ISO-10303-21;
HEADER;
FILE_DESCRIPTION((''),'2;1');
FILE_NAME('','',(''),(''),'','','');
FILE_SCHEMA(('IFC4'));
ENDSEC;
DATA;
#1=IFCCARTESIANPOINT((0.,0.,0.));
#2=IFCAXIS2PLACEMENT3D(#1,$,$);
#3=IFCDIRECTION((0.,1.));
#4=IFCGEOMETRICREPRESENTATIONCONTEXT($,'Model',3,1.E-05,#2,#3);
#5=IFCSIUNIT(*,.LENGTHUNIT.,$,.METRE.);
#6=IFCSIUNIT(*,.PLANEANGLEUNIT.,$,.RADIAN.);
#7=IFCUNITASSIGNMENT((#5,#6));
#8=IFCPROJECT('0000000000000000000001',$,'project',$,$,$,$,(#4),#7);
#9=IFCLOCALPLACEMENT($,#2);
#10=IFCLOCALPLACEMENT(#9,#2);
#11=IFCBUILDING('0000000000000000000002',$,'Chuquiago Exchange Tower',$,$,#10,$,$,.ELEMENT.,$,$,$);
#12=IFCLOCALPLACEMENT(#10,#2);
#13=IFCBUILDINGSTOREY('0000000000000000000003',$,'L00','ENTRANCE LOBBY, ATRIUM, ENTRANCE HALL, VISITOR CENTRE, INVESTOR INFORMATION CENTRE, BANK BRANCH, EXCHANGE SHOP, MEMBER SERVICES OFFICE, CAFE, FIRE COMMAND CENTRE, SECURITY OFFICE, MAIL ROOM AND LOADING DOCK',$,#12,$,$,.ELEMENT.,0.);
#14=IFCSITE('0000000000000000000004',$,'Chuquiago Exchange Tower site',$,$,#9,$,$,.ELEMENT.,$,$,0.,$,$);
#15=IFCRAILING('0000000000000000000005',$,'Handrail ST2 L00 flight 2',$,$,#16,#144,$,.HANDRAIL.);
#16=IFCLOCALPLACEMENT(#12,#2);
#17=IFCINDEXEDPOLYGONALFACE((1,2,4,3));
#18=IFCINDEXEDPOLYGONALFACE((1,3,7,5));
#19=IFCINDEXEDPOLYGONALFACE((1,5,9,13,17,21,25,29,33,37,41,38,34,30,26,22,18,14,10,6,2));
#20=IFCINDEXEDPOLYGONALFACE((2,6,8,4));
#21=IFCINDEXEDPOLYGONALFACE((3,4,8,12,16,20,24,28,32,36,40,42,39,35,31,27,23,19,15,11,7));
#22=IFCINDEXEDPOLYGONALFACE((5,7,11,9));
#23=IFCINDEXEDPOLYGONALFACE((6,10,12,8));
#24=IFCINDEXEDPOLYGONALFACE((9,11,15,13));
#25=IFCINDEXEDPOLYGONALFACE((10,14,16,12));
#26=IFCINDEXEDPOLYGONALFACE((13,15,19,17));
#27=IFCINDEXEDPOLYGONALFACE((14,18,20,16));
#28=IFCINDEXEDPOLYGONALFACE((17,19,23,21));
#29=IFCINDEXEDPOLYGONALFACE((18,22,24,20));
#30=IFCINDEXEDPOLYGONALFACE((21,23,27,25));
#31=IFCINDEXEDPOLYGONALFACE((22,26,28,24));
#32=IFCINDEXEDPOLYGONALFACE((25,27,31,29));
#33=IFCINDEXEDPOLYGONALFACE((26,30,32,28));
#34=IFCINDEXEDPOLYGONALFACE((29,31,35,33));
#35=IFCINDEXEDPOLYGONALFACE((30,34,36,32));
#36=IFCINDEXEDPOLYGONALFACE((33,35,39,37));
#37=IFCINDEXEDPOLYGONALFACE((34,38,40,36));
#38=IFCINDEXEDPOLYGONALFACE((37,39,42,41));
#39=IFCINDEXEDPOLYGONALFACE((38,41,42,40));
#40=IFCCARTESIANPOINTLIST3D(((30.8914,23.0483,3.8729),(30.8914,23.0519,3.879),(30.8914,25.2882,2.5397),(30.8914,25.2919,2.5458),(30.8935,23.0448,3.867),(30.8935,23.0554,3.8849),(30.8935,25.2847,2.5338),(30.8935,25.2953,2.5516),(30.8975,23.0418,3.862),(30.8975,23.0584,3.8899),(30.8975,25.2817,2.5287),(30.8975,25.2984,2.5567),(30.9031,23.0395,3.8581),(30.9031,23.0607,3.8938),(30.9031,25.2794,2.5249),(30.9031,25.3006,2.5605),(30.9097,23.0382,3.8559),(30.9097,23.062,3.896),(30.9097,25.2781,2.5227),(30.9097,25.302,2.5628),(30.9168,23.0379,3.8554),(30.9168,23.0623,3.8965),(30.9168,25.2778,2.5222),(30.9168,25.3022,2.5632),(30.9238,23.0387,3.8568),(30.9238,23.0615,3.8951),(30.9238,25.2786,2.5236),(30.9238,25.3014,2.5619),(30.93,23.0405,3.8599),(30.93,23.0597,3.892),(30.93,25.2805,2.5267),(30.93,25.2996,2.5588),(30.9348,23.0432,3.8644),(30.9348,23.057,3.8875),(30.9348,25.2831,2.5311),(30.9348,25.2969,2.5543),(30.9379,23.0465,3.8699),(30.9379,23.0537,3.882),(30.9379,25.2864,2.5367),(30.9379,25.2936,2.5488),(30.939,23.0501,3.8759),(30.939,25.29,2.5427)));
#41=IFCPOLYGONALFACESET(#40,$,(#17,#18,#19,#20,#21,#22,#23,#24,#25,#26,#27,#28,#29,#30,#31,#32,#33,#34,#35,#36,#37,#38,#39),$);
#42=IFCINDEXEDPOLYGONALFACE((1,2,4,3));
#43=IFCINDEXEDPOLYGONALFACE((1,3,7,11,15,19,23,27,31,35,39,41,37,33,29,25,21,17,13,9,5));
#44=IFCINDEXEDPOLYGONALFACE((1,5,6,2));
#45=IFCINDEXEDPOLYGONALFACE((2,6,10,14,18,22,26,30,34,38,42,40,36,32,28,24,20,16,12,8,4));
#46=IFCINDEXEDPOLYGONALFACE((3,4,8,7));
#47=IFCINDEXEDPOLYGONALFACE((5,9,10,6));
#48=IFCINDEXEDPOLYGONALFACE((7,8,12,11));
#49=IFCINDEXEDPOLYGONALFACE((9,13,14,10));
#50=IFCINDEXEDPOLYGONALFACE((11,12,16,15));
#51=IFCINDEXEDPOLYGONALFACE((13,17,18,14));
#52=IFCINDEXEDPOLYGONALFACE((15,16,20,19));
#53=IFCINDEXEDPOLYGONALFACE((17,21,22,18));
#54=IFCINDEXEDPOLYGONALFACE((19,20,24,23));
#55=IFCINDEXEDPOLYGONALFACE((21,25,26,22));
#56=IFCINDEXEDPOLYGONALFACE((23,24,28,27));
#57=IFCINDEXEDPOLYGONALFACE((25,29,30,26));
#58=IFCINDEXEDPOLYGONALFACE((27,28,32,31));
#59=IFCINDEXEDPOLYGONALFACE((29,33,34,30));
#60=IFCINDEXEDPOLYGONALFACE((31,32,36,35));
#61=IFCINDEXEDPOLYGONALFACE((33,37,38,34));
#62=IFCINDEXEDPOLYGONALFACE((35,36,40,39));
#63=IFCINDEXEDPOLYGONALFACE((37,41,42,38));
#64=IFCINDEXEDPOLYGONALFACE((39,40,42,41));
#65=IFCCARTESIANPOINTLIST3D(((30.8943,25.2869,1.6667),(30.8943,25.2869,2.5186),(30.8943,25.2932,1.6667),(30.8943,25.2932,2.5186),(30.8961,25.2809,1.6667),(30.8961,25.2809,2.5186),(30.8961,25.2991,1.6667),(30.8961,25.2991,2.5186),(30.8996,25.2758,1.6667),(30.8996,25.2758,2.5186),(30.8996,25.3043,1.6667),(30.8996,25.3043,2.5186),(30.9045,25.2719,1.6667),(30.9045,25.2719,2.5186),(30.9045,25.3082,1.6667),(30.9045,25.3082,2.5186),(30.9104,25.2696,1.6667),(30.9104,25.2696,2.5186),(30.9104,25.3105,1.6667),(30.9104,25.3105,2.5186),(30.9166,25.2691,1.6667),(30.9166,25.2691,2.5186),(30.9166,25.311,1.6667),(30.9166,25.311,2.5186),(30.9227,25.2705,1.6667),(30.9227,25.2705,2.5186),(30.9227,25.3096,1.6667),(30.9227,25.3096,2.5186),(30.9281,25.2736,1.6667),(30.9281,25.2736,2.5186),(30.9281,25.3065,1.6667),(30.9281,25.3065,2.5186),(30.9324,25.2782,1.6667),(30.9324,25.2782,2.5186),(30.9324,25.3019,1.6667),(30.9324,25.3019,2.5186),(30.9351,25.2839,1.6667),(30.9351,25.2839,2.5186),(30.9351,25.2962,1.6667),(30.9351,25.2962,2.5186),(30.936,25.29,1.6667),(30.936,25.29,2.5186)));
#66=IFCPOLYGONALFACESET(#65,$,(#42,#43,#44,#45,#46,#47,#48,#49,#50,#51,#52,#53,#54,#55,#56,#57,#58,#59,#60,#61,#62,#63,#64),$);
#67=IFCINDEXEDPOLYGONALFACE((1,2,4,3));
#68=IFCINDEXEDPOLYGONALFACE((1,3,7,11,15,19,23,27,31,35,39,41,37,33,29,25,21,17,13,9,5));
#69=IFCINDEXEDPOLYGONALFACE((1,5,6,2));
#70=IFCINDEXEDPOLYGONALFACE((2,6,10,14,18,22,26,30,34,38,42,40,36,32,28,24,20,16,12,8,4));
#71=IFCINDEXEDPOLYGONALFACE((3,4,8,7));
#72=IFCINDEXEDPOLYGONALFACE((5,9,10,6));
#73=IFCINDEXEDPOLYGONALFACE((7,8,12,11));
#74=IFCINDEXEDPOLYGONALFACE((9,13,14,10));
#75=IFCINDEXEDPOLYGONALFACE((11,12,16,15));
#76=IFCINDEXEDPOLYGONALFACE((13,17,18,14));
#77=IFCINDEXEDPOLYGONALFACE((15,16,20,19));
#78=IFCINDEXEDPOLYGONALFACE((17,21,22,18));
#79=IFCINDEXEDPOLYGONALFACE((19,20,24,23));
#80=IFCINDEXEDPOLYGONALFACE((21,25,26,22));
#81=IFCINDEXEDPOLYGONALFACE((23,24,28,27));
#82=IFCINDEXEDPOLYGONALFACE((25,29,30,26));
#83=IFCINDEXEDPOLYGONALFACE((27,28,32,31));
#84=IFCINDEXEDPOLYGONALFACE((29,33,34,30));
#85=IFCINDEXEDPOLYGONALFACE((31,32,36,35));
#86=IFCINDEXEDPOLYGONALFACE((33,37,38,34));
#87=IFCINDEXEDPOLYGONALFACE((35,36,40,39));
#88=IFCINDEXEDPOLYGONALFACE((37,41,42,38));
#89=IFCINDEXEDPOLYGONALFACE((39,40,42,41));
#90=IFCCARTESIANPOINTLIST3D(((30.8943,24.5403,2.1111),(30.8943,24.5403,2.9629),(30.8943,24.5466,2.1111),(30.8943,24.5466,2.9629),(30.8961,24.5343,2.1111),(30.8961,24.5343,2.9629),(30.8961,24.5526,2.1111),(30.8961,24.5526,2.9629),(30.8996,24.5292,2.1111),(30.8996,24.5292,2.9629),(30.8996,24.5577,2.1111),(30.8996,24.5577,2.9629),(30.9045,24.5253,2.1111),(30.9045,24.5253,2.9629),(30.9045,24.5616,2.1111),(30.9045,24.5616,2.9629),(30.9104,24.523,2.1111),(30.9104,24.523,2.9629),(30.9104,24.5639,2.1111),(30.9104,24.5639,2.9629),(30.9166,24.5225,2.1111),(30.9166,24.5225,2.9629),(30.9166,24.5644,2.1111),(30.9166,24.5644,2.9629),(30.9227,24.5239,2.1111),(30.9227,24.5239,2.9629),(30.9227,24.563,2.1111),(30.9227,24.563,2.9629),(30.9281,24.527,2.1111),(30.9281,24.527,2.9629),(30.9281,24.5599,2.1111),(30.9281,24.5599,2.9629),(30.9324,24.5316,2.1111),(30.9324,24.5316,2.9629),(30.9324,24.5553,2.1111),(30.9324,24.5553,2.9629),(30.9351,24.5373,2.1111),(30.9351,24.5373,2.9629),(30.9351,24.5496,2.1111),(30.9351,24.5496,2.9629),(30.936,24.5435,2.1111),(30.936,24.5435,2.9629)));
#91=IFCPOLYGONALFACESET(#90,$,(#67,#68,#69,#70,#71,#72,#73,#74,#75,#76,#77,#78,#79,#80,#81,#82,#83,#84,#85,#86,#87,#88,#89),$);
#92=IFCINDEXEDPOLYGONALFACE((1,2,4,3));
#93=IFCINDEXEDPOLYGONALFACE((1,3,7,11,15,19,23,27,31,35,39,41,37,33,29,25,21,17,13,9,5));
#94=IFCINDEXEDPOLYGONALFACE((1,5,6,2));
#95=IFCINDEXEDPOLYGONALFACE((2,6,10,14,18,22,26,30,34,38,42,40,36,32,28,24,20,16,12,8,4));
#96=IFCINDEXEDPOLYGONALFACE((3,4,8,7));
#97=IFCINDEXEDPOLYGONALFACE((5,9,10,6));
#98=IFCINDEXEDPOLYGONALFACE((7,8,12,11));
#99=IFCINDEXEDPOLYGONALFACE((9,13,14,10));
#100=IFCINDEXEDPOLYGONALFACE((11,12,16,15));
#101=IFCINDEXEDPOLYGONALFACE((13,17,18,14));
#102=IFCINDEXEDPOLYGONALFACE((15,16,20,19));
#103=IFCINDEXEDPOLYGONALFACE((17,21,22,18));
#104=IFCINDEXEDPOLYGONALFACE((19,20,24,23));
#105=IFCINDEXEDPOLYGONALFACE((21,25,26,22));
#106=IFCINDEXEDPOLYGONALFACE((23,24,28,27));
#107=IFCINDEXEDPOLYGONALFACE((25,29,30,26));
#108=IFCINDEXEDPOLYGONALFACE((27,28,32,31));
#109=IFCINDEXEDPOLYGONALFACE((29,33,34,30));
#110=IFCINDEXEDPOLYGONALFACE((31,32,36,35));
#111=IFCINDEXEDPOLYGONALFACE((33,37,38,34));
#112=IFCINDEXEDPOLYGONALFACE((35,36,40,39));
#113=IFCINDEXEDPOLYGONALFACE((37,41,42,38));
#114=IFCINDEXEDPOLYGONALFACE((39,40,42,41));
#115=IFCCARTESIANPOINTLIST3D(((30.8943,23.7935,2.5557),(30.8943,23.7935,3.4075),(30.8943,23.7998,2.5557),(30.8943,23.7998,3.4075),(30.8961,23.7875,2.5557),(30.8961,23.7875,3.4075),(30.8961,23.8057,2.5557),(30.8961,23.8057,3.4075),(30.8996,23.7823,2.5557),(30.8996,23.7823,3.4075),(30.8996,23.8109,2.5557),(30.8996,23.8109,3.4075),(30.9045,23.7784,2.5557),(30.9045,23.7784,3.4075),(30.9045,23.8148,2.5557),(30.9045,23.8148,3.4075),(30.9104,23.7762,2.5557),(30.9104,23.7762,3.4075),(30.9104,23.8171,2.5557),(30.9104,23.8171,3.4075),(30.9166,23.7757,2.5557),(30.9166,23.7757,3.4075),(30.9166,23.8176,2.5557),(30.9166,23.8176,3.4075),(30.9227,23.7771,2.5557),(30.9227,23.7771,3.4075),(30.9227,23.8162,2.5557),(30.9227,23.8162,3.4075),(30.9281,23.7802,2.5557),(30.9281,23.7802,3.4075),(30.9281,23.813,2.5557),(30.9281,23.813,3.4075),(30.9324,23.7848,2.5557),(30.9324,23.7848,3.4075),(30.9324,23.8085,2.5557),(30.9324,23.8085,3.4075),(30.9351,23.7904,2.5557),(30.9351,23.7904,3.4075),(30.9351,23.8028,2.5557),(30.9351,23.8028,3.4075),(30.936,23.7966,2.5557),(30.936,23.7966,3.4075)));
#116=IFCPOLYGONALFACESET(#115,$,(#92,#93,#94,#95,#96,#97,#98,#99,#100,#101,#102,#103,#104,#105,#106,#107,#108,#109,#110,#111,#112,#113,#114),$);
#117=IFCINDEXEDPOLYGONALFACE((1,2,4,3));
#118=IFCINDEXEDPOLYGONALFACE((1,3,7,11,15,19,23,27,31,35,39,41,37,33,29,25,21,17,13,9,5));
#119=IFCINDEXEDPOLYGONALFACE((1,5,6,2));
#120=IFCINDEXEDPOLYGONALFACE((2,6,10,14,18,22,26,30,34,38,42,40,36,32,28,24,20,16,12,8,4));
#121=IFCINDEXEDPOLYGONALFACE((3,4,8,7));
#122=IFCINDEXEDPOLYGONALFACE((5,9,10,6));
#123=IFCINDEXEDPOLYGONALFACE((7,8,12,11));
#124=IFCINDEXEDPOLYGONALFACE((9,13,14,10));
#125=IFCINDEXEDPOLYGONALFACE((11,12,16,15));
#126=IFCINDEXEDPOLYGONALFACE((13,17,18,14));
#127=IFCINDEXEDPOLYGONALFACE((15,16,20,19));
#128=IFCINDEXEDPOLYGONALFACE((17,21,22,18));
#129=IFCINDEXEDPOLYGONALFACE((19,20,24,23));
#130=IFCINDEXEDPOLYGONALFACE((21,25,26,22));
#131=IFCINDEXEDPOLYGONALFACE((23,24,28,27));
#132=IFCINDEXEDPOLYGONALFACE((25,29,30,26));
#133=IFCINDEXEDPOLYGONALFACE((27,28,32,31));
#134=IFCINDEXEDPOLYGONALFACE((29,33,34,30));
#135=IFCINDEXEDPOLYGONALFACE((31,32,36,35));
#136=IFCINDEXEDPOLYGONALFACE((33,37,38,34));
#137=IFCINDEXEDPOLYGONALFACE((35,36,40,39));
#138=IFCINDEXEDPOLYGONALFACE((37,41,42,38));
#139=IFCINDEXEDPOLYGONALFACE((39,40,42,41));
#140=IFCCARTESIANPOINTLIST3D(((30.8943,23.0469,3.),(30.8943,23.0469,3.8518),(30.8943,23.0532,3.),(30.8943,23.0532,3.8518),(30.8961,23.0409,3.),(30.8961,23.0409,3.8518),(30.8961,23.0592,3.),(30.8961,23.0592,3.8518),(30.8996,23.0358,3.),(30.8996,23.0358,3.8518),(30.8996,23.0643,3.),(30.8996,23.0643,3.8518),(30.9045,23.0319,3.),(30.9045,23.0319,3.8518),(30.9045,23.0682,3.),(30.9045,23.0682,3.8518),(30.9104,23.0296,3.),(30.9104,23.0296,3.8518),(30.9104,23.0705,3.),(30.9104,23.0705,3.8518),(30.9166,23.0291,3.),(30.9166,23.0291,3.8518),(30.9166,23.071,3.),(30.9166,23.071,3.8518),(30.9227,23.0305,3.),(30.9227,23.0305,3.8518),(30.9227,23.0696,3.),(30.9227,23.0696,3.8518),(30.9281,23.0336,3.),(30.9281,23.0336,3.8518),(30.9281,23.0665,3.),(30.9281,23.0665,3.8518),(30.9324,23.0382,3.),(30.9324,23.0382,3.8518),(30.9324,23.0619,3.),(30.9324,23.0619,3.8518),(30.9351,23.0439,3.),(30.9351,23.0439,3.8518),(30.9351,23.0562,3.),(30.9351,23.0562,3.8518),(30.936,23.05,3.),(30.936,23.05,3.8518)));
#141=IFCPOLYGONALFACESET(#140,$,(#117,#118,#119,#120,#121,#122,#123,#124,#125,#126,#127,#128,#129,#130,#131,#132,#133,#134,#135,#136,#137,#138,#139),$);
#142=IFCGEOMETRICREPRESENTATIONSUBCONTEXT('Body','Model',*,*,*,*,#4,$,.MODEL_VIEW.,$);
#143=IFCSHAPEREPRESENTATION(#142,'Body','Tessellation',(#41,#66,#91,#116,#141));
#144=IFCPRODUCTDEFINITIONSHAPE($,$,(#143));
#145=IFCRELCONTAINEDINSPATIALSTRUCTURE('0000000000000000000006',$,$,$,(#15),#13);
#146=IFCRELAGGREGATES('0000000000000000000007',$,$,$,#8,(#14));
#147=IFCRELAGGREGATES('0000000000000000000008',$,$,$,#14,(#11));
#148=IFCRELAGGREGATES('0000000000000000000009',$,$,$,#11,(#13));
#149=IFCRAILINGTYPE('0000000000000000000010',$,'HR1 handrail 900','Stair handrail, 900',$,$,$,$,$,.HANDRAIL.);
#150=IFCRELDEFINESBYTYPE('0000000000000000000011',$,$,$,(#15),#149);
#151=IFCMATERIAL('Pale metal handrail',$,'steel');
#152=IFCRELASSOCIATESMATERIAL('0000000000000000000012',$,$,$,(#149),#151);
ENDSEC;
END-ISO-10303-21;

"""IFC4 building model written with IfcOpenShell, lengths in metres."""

from ifc_helpers import new_model, si_unit, direction, frame, origin, origin_2d, place, context, subcontext, project, spatial, circle, extrude, material, type_object, element, save


model = new_model("IFC4")

# Units and contexts
model_context = context("Model", 3, precision=1e-05, world=origin(), true_north=direction((0.0, 1.0)))
body_context = subcontext(model_context, "Body", "Model", "MODEL_VIEW")
ifc_project = project(units=[si_unit("LENGTHUNIT", "METRE"), si_unit("PLANEANGLEUNIT", "RADIAN")], contexts=[model_context])

# Site, building, storey
site_placement = place(None, origin())
site = spatial("IfcSite", under=ifc_project, at=site_placement, Name="Chuquiago Exchange Tower site", CompositionType="ELEMENT", RefElevation=0.0)
building_placement = place(site_placement, origin())
building = spatial("IfcBuilding", under=site, at=building_placement, Name="Chuquiago Exchange Tower", CompositionType="ELEMENT")
storey_placement = place(building_placement, origin())
storey = spatial("IfcBuildingStorey", under=building, at=storey_placement, Name="L00", Description="ENTRANCE LOBBY, ATRIUM, ENTRANCE HALL, VISITOR CENTRE, INVESTOR INFORMATION CENTRE, BANK BRANCH, EXCHANGE SHOP, MEMBER SERVICES OFFICE, CAFE, FIRE COMMAND CENTRE, SECURITY OFFICE, MAIL ROOM AND LOADING DOCK", CompositionType="ELEMENT", Elevation=0.0)

# Railing
ifc_material_1 = material(Name="Pale metal handrail", Category="steel")
railing_type = type_object("IfcRailingType", Name="HR1 handrail 900", Description="Stair handrail, 900", PredefinedType="HANDRAIL", material=ifc_material_1)
for number, where, name in (
    (1, (30.915, 25.29, 1.6667), "Handrail ST2 L00 flight 2"),
):
    element("IfcRailing", number, at=place(storey_placement, frame(where)), inside=storey, type_object=railing_type, Name=name, PredefinedType="HANDRAIL", context=body_context, shape_type="SweptSolid", body=[
        extrude(circle(Radius=0.0239, at=origin_2d()), frame((0.0, 0.0, 0.876), z_axis=(0.0, -0.859306, 0.511462), x_axis=(1.0, 0.0, 0.0)), (0.0, 0.0, 1.0), 2.6067),
        extrude(circle(Radius=0.021, at=origin_2d()), origin(), (0.0, 0.0, 1.0), 0.8518),
        extrude(circle(Radius=0.021, at=origin_2d()), frame((0.0, -0.7466, 0.4443)), (0.0, 0.0, 1.0), 0.8518),
        extrude(circle(Radius=0.021, at=origin_2d()), frame((0.0, -1.4934, 0.8889)), (0.0, 0.0, 1.0), 0.8518),
        extrude(circle(Radius=0.021, at=origin_2d()), frame((0.0, -2.24, 1.3333)), (0.0, 0.0, 1.0), 0.8518),
    ])

save(model, "model.ifc")
